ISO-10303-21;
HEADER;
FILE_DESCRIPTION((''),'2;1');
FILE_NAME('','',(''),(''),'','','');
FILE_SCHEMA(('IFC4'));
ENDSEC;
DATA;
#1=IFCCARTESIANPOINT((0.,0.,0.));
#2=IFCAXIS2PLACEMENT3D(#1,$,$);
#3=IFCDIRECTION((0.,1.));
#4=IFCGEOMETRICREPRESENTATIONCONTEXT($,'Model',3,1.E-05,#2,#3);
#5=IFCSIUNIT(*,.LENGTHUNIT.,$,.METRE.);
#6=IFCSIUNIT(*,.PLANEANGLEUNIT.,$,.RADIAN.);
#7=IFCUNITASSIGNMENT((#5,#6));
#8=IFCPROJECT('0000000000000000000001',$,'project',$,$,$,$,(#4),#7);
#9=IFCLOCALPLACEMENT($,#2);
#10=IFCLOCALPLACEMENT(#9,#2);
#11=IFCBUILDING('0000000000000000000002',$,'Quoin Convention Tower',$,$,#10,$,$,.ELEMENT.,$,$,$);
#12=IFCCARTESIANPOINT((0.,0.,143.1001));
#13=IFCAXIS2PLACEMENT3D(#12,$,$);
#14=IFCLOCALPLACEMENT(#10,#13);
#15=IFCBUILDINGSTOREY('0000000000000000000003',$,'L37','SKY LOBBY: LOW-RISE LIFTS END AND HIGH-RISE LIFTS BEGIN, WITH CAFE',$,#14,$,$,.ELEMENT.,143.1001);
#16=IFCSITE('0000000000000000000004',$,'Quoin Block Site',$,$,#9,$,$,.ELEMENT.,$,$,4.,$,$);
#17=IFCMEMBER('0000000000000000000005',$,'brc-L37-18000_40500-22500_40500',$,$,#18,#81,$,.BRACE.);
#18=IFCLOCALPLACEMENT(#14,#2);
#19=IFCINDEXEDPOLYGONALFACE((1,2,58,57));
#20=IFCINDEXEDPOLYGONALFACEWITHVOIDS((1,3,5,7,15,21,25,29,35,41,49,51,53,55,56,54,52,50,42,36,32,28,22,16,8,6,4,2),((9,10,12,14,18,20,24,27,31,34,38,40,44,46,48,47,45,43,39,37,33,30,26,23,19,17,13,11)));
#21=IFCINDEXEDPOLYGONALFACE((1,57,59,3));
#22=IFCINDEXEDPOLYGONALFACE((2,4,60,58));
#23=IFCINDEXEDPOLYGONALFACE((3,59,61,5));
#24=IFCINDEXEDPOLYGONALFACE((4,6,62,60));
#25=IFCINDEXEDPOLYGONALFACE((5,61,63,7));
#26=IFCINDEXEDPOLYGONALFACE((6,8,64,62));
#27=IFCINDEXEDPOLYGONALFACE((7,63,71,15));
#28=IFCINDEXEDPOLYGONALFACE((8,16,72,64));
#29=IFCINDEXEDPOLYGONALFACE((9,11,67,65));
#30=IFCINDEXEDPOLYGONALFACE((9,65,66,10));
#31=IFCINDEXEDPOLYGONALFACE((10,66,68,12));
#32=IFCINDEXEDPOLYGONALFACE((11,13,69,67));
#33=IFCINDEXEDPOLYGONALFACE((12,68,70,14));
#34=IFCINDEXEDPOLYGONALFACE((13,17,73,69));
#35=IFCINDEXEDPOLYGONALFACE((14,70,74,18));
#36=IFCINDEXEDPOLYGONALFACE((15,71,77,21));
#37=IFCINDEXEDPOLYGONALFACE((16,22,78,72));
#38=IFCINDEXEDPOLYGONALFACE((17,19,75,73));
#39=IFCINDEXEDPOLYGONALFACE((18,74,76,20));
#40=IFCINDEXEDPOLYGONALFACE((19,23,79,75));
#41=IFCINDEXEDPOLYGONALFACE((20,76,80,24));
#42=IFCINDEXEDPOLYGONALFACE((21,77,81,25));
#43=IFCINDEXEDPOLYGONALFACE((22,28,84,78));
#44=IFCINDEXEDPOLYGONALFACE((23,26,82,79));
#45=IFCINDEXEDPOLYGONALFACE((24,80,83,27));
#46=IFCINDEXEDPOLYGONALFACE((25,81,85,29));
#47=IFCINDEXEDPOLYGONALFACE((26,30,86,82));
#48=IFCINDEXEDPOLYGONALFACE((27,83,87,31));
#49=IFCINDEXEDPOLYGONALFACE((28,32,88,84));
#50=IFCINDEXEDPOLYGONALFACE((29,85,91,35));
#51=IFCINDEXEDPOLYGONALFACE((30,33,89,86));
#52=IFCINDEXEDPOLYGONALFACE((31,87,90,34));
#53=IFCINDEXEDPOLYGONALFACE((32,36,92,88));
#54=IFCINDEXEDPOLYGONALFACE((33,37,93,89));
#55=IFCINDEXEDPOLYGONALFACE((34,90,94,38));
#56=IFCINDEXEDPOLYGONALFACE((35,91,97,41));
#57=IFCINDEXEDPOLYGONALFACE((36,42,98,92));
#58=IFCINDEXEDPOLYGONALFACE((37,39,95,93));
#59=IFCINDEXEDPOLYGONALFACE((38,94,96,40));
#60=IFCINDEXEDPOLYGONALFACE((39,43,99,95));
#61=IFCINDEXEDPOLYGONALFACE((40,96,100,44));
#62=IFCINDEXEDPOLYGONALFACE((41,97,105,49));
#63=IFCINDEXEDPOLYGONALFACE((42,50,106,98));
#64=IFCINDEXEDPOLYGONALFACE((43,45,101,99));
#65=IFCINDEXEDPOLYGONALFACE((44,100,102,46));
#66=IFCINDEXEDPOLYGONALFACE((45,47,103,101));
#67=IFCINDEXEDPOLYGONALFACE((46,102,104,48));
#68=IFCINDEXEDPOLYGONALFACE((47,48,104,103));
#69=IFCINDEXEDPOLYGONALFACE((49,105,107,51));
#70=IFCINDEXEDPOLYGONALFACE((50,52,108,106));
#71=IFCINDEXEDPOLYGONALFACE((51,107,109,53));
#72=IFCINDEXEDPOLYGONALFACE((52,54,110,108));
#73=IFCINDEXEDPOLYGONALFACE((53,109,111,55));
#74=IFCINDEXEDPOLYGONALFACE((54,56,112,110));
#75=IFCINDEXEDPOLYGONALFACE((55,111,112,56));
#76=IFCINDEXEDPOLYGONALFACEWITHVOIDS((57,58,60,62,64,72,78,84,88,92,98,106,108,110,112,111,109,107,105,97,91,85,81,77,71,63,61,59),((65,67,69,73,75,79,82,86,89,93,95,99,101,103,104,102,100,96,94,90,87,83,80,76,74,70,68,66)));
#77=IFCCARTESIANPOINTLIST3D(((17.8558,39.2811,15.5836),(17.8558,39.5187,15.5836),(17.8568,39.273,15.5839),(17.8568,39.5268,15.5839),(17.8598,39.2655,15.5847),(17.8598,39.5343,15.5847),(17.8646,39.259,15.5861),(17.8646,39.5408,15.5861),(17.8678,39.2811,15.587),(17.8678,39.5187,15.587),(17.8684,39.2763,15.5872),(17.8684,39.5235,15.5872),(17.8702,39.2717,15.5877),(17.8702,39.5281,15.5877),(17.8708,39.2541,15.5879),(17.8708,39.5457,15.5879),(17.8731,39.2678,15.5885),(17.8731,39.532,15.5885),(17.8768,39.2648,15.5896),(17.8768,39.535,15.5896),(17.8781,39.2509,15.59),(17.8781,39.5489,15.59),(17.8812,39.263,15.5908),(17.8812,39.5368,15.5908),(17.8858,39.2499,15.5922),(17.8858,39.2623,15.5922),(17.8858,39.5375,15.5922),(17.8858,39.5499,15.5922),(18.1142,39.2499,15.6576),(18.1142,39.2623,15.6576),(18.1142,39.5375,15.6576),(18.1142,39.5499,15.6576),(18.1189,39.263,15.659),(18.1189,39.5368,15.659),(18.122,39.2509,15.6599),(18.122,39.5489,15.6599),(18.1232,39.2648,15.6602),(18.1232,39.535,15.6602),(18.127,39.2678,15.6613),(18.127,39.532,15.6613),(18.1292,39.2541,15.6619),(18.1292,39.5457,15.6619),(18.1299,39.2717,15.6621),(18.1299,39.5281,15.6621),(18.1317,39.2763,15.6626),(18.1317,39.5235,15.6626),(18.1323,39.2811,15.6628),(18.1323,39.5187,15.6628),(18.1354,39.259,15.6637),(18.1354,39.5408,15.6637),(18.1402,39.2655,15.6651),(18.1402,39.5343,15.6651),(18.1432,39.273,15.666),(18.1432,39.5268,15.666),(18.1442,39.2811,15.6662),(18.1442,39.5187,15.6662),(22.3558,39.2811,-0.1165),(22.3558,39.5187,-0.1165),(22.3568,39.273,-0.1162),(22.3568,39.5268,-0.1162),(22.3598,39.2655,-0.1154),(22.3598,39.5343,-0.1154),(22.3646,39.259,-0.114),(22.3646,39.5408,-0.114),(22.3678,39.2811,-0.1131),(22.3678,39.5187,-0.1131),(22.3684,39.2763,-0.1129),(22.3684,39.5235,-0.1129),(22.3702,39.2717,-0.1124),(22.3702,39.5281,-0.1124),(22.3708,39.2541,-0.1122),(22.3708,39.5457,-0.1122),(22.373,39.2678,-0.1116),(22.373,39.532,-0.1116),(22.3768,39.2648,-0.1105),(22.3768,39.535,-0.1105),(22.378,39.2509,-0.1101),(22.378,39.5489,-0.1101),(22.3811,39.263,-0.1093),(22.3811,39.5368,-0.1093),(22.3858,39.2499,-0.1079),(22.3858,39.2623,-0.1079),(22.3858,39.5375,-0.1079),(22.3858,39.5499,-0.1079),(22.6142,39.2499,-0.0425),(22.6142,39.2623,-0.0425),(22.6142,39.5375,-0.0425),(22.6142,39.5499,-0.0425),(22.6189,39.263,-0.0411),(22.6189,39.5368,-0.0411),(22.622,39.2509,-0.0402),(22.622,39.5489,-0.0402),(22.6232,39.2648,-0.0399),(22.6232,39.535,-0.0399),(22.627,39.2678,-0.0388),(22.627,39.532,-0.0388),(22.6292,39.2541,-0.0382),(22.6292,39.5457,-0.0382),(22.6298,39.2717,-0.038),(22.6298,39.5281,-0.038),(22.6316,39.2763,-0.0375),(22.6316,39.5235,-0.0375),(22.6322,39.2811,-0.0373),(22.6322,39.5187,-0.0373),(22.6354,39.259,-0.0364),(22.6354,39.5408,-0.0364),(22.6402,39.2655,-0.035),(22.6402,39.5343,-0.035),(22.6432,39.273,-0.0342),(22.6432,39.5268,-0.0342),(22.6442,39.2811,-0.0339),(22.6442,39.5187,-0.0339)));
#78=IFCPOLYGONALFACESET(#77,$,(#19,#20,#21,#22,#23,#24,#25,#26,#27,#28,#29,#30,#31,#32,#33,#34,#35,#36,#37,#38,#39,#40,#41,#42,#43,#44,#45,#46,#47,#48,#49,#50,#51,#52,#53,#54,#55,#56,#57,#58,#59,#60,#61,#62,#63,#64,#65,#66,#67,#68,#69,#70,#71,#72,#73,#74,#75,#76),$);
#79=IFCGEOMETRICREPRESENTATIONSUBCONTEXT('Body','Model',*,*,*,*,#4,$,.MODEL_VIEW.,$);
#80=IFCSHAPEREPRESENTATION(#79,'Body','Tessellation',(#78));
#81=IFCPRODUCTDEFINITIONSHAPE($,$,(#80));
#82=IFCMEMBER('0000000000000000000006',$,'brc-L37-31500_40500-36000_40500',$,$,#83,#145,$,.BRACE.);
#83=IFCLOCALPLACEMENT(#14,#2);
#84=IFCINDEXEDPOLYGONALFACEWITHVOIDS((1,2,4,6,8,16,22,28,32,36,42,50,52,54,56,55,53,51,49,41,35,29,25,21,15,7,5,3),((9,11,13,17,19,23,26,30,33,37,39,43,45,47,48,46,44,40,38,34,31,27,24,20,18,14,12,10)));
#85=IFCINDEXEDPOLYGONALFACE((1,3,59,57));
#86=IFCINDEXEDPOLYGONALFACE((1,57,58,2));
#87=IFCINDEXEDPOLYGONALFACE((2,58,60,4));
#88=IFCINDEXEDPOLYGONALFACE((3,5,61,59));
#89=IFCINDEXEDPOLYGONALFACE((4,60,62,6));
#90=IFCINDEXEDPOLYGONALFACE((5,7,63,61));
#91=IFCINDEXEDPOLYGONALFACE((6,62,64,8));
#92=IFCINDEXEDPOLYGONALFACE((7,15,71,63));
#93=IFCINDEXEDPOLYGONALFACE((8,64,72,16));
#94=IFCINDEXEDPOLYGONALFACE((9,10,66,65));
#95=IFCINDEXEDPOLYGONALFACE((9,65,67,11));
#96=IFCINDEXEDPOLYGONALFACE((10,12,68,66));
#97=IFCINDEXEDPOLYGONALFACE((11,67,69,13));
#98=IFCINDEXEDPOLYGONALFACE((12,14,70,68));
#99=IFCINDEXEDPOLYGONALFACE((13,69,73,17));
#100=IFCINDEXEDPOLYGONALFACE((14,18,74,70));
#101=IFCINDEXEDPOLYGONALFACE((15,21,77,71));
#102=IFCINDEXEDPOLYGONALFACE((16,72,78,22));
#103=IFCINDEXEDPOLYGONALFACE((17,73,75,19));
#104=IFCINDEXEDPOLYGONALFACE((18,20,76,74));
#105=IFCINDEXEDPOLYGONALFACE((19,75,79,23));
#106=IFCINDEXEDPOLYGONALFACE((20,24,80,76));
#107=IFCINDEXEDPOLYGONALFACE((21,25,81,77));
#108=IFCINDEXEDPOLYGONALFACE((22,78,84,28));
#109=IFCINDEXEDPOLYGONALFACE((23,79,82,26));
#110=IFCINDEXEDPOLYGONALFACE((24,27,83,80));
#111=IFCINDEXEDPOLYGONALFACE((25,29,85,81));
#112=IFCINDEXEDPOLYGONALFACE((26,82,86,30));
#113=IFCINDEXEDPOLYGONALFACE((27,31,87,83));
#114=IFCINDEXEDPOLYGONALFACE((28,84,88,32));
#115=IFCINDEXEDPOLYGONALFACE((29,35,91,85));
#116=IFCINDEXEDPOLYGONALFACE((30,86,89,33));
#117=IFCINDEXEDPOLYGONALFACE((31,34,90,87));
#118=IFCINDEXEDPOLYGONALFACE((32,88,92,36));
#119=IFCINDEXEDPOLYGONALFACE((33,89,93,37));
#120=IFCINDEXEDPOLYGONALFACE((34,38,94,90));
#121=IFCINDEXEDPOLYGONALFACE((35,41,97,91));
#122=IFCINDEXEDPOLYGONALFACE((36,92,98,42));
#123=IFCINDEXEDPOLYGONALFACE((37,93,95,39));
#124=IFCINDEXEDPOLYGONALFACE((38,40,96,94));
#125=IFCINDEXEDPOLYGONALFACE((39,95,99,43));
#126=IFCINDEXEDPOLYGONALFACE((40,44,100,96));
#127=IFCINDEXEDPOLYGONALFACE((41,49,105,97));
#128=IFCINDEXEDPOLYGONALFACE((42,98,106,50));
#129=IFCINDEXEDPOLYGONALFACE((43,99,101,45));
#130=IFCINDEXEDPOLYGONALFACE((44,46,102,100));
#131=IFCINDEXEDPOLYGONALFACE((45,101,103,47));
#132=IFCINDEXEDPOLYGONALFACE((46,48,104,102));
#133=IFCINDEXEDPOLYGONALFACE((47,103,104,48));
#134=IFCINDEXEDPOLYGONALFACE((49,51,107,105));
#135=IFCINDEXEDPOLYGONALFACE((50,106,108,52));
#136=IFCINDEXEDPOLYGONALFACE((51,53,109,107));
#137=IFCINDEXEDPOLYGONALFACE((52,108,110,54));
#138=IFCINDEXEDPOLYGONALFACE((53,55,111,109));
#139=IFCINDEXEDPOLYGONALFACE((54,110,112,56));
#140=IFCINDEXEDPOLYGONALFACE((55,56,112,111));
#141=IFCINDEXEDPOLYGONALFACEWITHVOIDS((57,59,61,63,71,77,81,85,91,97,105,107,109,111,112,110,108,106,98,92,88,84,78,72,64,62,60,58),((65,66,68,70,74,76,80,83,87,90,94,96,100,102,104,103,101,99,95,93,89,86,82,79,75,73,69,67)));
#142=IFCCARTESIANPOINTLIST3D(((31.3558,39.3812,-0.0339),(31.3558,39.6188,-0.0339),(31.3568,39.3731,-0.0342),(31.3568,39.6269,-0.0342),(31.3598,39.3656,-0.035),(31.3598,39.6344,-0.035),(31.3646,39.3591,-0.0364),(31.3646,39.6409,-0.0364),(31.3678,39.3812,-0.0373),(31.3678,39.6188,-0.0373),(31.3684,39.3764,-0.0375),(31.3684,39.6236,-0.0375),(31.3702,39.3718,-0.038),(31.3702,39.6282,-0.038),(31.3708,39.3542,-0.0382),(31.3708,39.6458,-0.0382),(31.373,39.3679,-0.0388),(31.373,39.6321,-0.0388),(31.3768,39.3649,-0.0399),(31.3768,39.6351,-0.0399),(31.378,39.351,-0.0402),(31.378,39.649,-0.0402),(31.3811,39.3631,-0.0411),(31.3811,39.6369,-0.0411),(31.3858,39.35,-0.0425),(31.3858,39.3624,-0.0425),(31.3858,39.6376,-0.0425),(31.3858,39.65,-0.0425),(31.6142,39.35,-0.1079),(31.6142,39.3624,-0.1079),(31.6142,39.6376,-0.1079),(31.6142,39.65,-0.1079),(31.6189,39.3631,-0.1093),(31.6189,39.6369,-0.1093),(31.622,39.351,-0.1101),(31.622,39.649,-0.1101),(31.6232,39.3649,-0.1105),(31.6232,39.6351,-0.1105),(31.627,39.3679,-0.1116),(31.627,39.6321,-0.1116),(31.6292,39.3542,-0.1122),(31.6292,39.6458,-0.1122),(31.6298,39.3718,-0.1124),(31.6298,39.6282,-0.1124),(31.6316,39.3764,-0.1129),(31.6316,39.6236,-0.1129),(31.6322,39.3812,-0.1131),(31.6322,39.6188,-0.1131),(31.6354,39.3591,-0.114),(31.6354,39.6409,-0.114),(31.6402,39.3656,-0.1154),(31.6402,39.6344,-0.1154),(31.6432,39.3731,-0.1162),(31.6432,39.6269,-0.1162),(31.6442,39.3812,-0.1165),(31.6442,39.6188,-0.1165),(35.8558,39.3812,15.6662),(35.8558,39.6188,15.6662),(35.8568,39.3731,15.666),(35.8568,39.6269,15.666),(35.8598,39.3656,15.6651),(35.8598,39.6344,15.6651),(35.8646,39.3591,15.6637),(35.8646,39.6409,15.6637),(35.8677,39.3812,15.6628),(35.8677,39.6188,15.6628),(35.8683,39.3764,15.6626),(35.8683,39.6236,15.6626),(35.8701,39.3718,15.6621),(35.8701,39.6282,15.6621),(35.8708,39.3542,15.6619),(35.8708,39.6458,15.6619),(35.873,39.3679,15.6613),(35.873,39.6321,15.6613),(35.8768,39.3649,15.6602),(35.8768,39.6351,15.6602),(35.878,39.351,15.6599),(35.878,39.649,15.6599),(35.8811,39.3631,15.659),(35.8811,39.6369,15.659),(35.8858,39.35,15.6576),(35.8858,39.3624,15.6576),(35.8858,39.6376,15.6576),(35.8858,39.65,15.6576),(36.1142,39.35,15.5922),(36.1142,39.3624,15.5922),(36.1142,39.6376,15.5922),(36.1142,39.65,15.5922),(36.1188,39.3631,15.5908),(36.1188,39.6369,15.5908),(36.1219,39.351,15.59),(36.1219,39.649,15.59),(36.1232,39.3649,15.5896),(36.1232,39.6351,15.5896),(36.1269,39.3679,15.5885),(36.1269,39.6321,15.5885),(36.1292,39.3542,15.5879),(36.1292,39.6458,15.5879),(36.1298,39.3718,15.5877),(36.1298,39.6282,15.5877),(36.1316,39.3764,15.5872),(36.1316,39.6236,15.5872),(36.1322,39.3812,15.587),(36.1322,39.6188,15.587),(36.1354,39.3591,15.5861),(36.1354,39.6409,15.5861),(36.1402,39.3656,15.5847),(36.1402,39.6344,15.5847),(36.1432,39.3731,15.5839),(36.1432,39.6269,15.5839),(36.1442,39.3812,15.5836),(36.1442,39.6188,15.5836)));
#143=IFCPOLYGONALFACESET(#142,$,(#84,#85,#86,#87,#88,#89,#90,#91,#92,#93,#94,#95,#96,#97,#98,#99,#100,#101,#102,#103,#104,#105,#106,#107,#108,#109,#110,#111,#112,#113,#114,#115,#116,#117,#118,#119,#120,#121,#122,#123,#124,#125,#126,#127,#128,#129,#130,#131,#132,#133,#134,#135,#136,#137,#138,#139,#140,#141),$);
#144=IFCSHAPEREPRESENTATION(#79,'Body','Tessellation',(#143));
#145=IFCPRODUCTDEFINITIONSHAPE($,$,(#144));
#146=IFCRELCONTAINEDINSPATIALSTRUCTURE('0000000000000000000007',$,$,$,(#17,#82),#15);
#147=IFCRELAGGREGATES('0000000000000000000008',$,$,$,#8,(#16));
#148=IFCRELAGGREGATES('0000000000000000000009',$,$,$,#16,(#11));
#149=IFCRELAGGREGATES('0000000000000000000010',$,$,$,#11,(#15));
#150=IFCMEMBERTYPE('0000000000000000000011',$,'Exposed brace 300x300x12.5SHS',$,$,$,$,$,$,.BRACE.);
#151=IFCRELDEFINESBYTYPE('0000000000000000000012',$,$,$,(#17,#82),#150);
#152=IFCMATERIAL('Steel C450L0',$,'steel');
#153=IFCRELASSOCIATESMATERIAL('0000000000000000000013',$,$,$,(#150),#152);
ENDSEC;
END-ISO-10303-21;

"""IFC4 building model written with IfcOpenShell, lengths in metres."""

from ifc_helpers import new_model, si_unit, direction, frame, origin, origin_2d, place, context, subcontext, project, spatial, hollow_rectangle, extrude, material, material_profile, profile_set, type_object, element, save


model = new_model("IFC4")

# Units and contexts
model_context = context("Model", 3, precision=1e-05, world=origin(), true_north=direction((0.0, 1.0)))
body_context = subcontext(model_context, "Body", "Model", "MODEL_VIEW")
ifc_project = project(units=[si_unit("LENGTHUNIT", "METRE"), si_unit("PLANEANGLEUNIT", "RADIAN")], contexts=[model_context])

# Site, building, storey
site_placement = place(None, origin())
site = spatial("IfcSite", under=ifc_project, at=site_placement, Name="Quoin Block Site", CompositionType="ELEMENT", RefElevation=4.0)
building_placement = place(site_placement, origin())
building = spatial("IfcBuilding", under=site, at=building_placement, Name="Quoin Convention Tower", CompositionType="ELEMENT")
storey_placement = place(building_placement, frame((0.0, 0.0, 143.1001)))
storey = spatial("IfcBuildingStorey", under=building, at=storey_placement, Name="L37", Description="SKY LOBBY: LOW-RISE LIFTS END AND HIGH-RISE LIFTS BEGIN, WITH CAFE", CompositionType="ELEMENT", Elevation=143.1001)

# Members
ifc_material_1 = material(Name="Steel C450L0", Category="steel")
ifc_material_profile = material_profile(ifc_material_1, hollow_rectangle(XDim=0.3, YDim=0.3, WallThickness=0.0125, InnerFilletRadius=0.0188, OuterFilletRadius=0.0312, at=origin_2d()), Name="300x300x12.5SHS")
ifc_profile_set = profile_set([ifc_material_profile], Name="Steel C450L0")
member_type = type_object("IfcMemberType", Name="Exposed brace 300x300x12.5SHS", PredefinedType="BRACE", material=ifc_profile_set)
for number, where, z_axis, x_axis, name in (
    (1, (22.5, 39.3999, -0.0752), (-0.275527, 0.0, 0.961293), (0.0, -1.0, 0.0), "brc-L37-18000_40500-22500_40500"),
    (2, (31.5, 39.5, -0.0752), (0.275527, 0.0, 0.961293), (0.0, 1.0, 0.0), "brc-L37-31500_40500-36000_40500"),
):
    element("IfcMember", number, at=place(storey_placement, frame(where, z_axis=z_axis, x_axis=x_axis)), inside=storey, type_object=member_type, Name=name, PredefinedType="BRACE", context=body_context, shape_type="SweptSolid", body=[
        extrude(hollow_rectangle(XDim=0.3, YDim=0.3, WallThickness=0.0125, InnerFilletRadius=0.0188, OuterFilletRadius=0.0312, at=origin_2d()), origin(), (0.0, 0.0, 1.0), 16.3323),
    ])

save(model, "model.ifc")
